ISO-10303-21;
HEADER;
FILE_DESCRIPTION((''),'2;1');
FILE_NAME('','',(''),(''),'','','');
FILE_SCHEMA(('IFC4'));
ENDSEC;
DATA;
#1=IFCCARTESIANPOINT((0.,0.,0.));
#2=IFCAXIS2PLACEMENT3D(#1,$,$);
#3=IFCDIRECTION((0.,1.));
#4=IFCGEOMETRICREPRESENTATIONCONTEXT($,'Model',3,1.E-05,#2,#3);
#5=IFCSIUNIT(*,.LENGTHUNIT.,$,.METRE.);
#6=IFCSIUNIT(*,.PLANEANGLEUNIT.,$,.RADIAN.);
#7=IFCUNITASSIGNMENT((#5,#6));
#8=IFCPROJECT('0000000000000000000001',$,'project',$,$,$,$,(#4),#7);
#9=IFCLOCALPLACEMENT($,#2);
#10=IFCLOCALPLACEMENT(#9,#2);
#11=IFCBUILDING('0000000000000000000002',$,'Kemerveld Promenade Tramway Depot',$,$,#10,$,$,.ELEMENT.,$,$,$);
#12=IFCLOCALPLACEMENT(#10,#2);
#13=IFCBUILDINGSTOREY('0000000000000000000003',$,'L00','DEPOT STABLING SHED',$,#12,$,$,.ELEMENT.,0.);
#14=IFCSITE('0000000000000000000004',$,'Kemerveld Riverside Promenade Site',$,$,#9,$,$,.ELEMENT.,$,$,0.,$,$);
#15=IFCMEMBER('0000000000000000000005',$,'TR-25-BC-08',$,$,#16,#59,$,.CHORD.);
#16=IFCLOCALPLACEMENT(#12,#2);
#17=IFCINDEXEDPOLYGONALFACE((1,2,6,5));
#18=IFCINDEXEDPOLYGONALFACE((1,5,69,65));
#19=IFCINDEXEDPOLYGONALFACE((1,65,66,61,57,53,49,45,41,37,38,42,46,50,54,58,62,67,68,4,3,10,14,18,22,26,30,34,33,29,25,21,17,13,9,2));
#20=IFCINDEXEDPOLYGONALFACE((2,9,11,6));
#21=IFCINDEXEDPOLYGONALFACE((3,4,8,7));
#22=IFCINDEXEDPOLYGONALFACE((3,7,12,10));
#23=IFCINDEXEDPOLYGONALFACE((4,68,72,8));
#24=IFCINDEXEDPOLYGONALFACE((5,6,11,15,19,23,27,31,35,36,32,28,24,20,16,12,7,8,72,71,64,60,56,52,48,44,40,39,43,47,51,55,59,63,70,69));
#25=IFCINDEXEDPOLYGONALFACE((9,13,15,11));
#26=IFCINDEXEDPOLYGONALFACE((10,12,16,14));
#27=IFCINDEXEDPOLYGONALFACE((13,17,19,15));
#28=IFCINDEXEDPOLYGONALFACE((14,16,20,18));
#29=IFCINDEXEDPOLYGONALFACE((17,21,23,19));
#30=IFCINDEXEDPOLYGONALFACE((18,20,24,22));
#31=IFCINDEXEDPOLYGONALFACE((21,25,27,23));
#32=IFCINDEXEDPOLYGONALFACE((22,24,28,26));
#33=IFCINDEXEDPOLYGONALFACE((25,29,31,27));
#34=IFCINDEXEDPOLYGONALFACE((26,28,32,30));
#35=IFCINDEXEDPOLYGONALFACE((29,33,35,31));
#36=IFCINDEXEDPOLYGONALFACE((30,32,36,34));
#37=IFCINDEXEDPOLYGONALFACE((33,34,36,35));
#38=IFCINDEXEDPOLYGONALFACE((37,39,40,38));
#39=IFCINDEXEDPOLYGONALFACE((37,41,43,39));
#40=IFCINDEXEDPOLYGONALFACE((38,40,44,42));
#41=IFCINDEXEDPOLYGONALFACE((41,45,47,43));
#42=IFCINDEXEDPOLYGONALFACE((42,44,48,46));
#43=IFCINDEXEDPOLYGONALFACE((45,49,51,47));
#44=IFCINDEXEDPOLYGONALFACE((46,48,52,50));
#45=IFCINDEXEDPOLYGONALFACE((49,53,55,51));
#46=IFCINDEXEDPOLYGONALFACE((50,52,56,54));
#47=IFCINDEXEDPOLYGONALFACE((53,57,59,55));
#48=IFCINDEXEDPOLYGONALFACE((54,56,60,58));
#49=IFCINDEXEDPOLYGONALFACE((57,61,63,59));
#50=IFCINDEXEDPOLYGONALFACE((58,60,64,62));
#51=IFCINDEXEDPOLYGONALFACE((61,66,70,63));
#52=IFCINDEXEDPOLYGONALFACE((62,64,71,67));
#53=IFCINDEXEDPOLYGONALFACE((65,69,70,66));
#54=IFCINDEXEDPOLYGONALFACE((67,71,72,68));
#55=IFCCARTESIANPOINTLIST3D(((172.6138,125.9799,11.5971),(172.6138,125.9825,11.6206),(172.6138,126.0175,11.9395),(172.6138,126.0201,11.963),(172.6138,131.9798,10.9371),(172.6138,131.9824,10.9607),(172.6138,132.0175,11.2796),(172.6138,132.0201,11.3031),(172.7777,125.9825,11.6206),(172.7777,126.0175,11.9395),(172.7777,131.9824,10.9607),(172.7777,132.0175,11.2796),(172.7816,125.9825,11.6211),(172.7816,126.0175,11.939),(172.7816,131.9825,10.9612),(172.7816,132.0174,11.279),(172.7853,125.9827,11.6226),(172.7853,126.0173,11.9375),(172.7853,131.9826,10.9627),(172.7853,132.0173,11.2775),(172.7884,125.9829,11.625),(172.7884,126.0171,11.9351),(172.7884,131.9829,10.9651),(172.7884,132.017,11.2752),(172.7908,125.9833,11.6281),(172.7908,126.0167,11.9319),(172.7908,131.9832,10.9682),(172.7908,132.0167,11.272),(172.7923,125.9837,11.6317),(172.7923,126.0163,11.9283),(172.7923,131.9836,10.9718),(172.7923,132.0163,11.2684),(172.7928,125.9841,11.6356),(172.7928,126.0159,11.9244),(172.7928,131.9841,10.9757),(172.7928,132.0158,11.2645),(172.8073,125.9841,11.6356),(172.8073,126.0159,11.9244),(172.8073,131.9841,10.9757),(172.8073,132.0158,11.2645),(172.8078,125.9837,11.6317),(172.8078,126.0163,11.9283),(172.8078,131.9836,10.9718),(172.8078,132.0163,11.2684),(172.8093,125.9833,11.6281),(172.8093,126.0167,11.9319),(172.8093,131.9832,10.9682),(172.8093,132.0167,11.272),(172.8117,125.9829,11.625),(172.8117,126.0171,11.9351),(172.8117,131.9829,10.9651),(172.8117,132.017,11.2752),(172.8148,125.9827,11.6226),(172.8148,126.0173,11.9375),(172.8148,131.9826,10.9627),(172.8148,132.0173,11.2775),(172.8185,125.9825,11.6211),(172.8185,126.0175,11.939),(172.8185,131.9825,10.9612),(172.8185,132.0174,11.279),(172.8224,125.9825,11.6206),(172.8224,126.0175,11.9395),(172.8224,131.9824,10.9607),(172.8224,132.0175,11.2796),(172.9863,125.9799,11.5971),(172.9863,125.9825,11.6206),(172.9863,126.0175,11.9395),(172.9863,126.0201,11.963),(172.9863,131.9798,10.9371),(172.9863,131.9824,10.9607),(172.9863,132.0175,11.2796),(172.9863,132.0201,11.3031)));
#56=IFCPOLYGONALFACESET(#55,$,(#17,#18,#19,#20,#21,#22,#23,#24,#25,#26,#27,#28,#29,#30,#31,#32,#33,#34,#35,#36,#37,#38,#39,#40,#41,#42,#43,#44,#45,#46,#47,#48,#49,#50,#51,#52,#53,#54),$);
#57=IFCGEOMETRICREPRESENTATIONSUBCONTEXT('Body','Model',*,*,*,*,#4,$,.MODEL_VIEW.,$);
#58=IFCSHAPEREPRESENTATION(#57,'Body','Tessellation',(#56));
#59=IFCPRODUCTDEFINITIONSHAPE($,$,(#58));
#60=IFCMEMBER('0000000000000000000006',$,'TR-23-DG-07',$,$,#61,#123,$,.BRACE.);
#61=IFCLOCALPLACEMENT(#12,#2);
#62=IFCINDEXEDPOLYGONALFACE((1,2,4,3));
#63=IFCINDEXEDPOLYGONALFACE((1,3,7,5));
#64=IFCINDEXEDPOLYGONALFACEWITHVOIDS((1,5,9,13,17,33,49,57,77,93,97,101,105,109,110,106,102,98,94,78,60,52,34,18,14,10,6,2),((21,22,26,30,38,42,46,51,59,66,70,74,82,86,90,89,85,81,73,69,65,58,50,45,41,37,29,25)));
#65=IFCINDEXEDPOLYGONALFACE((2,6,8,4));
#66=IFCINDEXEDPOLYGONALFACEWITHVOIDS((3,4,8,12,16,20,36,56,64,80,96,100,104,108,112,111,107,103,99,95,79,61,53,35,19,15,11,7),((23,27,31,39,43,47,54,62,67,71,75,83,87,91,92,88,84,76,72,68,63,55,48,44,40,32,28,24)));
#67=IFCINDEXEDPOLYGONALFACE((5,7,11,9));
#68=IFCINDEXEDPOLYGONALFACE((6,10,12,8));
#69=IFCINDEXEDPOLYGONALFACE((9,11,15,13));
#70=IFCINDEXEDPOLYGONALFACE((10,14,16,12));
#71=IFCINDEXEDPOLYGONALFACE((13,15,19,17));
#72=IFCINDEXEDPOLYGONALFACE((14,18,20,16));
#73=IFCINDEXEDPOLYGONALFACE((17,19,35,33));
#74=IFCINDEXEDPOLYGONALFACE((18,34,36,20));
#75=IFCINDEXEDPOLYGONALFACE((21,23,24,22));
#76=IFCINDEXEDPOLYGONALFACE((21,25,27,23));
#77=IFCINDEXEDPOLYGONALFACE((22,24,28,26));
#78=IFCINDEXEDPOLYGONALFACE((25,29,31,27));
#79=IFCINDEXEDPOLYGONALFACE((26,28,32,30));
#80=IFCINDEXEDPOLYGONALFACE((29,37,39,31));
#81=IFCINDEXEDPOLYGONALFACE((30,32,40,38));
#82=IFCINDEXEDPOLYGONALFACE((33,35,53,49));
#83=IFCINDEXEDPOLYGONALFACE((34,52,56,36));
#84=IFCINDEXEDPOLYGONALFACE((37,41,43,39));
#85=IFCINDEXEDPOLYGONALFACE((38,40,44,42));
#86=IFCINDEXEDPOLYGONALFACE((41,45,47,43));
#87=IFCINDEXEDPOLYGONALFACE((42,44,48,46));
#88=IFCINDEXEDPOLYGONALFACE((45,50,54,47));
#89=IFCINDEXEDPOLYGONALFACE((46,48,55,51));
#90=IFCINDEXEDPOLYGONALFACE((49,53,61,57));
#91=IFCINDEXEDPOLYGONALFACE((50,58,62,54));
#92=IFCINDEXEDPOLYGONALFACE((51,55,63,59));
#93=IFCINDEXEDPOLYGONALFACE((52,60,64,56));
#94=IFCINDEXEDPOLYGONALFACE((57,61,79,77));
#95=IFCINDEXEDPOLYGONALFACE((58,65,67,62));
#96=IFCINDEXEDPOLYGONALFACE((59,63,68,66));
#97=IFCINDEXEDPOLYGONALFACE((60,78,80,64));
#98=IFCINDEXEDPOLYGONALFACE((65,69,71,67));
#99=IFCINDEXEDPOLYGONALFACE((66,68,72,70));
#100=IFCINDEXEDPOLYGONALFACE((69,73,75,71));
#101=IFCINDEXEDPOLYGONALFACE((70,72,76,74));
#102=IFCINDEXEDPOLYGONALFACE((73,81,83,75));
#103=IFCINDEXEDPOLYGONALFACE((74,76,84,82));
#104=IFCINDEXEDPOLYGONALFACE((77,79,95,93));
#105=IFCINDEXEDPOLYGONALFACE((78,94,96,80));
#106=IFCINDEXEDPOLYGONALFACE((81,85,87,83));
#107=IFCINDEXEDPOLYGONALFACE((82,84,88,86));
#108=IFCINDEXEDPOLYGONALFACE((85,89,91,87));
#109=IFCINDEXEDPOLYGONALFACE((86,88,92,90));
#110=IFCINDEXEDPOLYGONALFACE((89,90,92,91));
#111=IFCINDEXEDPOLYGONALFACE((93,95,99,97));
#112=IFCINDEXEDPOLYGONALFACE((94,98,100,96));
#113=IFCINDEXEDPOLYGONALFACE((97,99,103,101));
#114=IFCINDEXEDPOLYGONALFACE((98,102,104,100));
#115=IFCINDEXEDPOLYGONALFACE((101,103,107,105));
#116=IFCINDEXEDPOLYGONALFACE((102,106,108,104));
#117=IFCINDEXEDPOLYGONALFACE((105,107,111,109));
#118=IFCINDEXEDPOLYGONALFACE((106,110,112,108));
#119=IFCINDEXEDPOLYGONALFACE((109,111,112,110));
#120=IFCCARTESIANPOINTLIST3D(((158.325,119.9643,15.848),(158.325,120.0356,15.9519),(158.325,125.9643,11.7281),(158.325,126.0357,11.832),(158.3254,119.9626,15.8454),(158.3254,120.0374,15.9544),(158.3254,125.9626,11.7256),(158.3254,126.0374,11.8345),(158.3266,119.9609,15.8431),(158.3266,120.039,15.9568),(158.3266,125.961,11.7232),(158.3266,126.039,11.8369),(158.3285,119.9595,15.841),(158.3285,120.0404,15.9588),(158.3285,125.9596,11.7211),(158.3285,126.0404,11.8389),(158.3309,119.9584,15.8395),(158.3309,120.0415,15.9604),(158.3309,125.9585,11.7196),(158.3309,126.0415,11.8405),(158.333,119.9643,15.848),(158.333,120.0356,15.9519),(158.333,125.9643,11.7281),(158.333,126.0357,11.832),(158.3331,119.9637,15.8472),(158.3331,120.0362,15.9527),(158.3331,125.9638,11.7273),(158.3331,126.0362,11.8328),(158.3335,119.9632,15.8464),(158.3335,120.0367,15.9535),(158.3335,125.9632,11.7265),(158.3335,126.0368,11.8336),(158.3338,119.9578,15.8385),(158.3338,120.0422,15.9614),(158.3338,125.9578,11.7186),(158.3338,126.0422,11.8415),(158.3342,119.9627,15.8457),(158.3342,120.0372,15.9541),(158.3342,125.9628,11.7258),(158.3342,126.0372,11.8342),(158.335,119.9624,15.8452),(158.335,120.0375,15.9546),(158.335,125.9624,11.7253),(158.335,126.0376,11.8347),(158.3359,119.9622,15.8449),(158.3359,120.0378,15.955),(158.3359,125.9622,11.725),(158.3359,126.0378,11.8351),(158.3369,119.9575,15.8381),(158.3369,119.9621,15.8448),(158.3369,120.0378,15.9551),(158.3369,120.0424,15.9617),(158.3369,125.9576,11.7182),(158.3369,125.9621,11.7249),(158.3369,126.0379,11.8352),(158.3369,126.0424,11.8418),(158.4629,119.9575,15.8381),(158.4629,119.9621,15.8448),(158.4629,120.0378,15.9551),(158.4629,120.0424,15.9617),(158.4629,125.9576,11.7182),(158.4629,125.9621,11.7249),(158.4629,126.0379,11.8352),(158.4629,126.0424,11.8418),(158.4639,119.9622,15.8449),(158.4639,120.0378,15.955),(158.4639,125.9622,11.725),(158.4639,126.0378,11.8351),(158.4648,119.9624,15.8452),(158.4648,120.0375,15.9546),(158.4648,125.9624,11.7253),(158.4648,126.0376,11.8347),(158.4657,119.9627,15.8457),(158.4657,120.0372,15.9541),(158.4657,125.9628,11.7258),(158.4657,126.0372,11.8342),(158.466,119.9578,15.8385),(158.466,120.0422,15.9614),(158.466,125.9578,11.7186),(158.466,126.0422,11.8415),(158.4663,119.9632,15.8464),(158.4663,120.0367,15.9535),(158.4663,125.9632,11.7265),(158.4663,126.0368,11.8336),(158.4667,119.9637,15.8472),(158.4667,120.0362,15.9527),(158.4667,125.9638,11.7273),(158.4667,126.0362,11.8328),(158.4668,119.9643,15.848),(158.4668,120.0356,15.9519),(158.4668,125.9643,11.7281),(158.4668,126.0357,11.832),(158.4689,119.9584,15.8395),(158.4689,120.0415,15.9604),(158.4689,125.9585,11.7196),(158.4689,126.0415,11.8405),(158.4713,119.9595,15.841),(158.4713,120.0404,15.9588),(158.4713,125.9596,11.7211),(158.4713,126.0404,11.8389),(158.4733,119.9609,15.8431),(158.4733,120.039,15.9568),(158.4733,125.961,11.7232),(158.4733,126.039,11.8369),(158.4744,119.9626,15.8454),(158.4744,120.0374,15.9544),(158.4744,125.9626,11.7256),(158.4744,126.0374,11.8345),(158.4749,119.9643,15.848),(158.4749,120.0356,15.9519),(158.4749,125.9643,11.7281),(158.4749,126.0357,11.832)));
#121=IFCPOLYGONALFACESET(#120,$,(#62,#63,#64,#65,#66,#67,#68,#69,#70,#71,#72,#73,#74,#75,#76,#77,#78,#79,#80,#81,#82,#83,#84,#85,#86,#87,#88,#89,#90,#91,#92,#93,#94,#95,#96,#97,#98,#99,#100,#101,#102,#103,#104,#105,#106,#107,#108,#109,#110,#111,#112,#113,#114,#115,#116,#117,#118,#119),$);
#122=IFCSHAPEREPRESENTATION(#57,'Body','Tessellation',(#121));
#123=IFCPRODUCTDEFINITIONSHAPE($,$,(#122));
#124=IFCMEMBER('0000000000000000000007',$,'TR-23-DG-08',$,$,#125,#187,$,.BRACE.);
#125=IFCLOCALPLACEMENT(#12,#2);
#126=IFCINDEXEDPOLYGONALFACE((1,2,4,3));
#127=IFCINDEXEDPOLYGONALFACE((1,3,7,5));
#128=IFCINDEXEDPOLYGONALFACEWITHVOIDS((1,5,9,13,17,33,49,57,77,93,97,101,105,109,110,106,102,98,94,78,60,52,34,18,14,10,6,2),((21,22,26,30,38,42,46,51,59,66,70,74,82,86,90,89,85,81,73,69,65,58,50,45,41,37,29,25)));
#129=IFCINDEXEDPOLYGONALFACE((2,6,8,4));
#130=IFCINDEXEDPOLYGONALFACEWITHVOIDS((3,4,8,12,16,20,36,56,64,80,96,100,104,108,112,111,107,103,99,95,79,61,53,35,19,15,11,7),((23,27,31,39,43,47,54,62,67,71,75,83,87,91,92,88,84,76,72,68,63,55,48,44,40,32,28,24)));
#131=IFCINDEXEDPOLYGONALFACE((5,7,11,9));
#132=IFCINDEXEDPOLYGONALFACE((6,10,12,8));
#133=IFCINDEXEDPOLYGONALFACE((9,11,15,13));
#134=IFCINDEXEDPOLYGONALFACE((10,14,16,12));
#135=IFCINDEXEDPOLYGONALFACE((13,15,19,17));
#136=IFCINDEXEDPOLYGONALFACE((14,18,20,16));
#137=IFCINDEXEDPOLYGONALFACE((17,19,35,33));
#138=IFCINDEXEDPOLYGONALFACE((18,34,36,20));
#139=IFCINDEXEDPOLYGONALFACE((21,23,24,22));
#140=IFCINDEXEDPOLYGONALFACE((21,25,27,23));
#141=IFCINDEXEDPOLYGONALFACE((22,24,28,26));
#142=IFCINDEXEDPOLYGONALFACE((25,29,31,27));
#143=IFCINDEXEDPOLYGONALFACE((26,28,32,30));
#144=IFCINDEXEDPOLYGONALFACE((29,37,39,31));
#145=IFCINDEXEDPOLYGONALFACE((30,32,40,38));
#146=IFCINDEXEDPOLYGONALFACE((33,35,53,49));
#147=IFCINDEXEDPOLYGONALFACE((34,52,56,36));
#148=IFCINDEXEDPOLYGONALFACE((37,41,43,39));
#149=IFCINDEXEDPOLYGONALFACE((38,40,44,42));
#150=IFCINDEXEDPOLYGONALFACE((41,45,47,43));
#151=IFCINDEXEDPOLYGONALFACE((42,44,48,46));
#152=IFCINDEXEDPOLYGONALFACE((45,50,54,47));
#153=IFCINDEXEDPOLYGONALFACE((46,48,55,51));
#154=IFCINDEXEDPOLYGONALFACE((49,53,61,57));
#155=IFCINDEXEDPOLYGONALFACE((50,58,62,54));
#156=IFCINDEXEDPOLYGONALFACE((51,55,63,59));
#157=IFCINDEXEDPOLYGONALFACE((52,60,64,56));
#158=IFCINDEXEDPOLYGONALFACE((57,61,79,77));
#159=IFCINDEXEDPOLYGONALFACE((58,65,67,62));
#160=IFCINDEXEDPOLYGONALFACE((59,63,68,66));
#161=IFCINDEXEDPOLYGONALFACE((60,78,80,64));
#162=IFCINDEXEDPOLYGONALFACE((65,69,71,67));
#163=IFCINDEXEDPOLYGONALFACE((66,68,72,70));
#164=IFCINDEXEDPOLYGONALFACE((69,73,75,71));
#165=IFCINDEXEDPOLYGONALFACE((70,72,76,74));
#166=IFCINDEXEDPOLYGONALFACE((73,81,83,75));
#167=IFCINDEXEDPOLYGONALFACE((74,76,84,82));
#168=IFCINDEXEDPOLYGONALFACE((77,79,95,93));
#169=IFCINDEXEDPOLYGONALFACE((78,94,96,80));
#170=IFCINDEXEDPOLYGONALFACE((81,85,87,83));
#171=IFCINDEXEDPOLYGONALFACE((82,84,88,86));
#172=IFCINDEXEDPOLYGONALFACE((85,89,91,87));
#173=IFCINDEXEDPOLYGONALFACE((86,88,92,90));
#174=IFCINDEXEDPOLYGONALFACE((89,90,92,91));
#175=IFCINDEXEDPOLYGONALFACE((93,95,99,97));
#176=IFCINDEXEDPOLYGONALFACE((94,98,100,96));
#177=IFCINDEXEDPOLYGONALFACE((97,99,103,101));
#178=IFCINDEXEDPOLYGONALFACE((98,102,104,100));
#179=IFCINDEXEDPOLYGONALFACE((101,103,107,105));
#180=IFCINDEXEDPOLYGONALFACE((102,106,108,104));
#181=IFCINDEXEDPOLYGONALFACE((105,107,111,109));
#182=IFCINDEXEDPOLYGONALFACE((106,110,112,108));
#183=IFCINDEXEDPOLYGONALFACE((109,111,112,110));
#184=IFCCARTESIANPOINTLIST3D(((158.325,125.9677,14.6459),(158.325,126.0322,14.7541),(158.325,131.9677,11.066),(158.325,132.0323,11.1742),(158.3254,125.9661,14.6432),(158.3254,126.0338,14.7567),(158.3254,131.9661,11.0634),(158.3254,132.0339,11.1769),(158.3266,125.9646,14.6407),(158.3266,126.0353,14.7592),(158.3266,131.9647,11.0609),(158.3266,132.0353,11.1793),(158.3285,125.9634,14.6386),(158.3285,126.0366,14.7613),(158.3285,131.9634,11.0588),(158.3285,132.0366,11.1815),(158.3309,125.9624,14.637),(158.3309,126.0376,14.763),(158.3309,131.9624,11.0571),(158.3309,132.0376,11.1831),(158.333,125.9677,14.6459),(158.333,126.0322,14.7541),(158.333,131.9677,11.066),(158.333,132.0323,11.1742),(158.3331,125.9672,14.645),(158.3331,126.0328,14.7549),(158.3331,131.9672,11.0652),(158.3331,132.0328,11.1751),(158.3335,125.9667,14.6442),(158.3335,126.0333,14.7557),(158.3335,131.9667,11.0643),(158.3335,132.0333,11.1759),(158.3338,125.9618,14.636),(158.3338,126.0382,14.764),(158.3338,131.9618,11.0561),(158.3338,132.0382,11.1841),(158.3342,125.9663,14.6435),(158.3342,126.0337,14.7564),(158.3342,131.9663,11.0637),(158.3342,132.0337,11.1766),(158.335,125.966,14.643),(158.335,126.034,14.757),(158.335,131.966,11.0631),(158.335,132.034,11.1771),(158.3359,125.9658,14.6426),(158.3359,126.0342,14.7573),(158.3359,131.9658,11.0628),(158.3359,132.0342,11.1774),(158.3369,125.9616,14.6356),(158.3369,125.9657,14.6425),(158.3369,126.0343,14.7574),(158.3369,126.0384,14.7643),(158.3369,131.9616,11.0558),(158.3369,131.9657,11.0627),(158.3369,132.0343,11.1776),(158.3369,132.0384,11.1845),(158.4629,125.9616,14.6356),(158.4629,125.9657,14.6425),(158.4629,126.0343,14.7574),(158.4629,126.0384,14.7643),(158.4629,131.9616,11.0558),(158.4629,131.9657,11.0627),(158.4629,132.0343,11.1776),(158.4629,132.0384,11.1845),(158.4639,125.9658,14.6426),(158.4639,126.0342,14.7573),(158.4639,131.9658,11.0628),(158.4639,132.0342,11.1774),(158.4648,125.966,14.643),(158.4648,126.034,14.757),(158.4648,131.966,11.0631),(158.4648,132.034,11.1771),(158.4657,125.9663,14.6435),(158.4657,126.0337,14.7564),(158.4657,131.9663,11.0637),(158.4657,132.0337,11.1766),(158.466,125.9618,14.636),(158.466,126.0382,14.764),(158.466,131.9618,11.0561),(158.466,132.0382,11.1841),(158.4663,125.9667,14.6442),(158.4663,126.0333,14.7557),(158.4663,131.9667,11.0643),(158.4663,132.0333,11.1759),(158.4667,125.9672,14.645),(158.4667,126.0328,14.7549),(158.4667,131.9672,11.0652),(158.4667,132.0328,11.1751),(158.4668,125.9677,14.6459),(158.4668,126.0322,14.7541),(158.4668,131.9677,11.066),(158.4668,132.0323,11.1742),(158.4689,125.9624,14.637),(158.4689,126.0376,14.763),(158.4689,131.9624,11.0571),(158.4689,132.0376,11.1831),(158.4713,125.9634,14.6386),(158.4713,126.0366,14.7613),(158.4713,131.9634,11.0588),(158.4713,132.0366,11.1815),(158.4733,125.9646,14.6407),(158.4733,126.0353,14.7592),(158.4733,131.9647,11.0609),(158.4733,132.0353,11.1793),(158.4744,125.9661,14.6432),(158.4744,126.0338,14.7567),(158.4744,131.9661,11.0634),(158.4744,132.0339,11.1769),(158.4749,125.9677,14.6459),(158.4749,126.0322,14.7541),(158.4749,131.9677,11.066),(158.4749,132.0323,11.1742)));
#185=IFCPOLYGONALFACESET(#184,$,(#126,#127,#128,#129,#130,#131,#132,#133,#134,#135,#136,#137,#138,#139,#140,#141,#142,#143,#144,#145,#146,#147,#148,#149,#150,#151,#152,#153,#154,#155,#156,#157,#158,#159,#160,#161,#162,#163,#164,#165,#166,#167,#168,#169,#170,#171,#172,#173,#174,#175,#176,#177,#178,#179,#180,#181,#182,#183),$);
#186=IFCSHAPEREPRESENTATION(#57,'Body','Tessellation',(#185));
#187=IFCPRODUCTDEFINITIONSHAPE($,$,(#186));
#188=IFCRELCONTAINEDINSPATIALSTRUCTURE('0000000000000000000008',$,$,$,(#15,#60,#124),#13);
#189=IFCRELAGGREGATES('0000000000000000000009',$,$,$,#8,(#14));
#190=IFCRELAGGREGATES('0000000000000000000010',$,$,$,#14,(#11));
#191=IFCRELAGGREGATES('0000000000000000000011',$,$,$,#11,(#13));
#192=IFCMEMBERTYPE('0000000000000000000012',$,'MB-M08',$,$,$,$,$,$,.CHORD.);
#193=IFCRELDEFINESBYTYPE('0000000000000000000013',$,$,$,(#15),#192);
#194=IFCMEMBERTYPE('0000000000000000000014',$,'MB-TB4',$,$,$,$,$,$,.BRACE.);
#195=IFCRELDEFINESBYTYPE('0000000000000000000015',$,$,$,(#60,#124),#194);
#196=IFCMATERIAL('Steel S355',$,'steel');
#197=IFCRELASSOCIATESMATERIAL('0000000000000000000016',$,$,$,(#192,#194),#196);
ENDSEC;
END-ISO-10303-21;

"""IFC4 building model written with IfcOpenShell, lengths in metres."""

from ifc_helpers import new_model, si_unit, direction, frame, origin, origin_2d, place, context, subcontext, project, spatial, hollow_rectangle, i_section, extrude, material, material_profile, profile_set, type_object, element, save


model = new_model("IFC4")

# Units and contexts
model_context = context("Model", 3, precision=1e-05, world=origin(), true_north=direction((0.0, 1.0)))
body_context = subcontext(model_context, "Body", "Model", "MODEL_VIEW")
ifc_project = project(units=[si_unit("LENGTHUNIT", "METRE"), si_unit("PLANEANGLEUNIT", "RADIAN")], contexts=[model_context])

# Site, building, storey
site_placement = place(None, origin())
site = spatial("IfcSite", under=ifc_project, at=site_placement, Name="Kemerveld Riverside Promenade Site", CompositionType="ELEMENT", RefElevation=0.0)
building_placement = place(site_placement, origin())
building = spatial("IfcBuilding", under=site, at=building_placement, Name="Kemerveld Promenade Tramway Depot", CompositionType="ELEMENT")
storey_placement = place(building_placement, origin())
storey = spatial("IfcBuildingStorey", under=building, at=storey_placement, Name="L00", Description="DEPOT STABLING SHED", CompositionType="ELEMENT", Elevation=0.0)

# Members
ifc_material_1 = material(Name="Steel S355", Category="steel")
ifc_material_profile_1 = material_profile(ifc_material_1, i_section(OverallWidth=0.3726, OverallDepth=0.3682, WebThickness=0.0144, FlangeThickness=0.0237, FilletRadius=0.0151, at=origin_2d()), Name="356x368x177 UC")
ifc_profile_set_1 = profile_set([ifc_material_profile_1], Name="Steel S355")
member_type_1 = type_object("IfcMemberType", Name="MB-M08", PredefinedType="CHORD", material=ifc_profile_set_1)
member_1_placement = place(storey_placement, frame((172.8, 126.0, 11.78), z_axis=(0.0, 0.994006, -0.109326), x_axis=(-1.0, 0.0, 0.0)))
element("IfcMember", 1, at=member_1_placement, inside=storey, type_object=member_type_1, Name="TR-25-BC-08", PredefinedType="CHORD", context=body_context, shape_type="SweptSolid", body=[
    extrude(i_section(OverallWidth=0.3726, OverallDepth=0.3682, WebThickness=0.0144, FlangeThickness=0.0237, FilletRadius=0.0151, at=origin_2d()), origin(), (0.0, 0.0, 1.0), 6.0361),
])
ifc_material_profile_2 = material_profile(ifc_material_1, hollow_rectangle(XDim=0.1499, YDim=0.1499, WallThickness=0.0081, InnerFilletRadius=0.0039, OuterFilletRadius=0.012, at=origin_2d()), Name="150x150x8.0 SHS")
ifc_profile_set_2 = profile_set([ifc_material_profile_2], Name="Steel S355")
member_type_2 = type_object("IfcMemberType", Name="MB-TB4", PredefinedType="BRACE", material=ifc_profile_set_2)
member_2_placement = place(storey_placement, frame((158.3999, 126.0, 11.78), z_axis=(0.0, -0.824371, 0.56605), x_axis=(1.0, 0.0, 0.0)))
element("IfcMember", 2, at=member_2_placement, inside=storey, type_object=member_type_2, Name="TR-23-DG-07", PredefinedType="BRACE", context=body_context, shape_type="SweptSolid", body=[
    extrude(hollow_rectangle(XDim=0.1499, YDim=0.1499, WallThickness=0.0081, InnerFilletRadius=0.0039, OuterFilletRadius=0.012, at=origin_2d()), origin(), (0.0, 0.0, 1.0), 7.2783),
])
member_3_placement = place(storey_placement, frame((158.3999, 132.0, 11.1201), z_axis=(0.0, -0.858764, 0.512372), x_axis=(1.0, 0.0, 0.0)))
element("IfcMember", 3, at=member_3_placement, inside=storey, type_object=member_type_2, Name="TR-23-DG-08", PredefinedType="BRACE", context=body_context, shape_type="SweptSolid", body=[
    extrude(hollow_rectangle(XDim=0.1499, YDim=0.1499, WallThickness=0.0081, InnerFilletRadius=0.0039, OuterFilletRadius=0.012, at=origin_2d()), origin(), (0.0, 0.0, 1.0), 6.9868),
])

save(model, "model.ifc")
